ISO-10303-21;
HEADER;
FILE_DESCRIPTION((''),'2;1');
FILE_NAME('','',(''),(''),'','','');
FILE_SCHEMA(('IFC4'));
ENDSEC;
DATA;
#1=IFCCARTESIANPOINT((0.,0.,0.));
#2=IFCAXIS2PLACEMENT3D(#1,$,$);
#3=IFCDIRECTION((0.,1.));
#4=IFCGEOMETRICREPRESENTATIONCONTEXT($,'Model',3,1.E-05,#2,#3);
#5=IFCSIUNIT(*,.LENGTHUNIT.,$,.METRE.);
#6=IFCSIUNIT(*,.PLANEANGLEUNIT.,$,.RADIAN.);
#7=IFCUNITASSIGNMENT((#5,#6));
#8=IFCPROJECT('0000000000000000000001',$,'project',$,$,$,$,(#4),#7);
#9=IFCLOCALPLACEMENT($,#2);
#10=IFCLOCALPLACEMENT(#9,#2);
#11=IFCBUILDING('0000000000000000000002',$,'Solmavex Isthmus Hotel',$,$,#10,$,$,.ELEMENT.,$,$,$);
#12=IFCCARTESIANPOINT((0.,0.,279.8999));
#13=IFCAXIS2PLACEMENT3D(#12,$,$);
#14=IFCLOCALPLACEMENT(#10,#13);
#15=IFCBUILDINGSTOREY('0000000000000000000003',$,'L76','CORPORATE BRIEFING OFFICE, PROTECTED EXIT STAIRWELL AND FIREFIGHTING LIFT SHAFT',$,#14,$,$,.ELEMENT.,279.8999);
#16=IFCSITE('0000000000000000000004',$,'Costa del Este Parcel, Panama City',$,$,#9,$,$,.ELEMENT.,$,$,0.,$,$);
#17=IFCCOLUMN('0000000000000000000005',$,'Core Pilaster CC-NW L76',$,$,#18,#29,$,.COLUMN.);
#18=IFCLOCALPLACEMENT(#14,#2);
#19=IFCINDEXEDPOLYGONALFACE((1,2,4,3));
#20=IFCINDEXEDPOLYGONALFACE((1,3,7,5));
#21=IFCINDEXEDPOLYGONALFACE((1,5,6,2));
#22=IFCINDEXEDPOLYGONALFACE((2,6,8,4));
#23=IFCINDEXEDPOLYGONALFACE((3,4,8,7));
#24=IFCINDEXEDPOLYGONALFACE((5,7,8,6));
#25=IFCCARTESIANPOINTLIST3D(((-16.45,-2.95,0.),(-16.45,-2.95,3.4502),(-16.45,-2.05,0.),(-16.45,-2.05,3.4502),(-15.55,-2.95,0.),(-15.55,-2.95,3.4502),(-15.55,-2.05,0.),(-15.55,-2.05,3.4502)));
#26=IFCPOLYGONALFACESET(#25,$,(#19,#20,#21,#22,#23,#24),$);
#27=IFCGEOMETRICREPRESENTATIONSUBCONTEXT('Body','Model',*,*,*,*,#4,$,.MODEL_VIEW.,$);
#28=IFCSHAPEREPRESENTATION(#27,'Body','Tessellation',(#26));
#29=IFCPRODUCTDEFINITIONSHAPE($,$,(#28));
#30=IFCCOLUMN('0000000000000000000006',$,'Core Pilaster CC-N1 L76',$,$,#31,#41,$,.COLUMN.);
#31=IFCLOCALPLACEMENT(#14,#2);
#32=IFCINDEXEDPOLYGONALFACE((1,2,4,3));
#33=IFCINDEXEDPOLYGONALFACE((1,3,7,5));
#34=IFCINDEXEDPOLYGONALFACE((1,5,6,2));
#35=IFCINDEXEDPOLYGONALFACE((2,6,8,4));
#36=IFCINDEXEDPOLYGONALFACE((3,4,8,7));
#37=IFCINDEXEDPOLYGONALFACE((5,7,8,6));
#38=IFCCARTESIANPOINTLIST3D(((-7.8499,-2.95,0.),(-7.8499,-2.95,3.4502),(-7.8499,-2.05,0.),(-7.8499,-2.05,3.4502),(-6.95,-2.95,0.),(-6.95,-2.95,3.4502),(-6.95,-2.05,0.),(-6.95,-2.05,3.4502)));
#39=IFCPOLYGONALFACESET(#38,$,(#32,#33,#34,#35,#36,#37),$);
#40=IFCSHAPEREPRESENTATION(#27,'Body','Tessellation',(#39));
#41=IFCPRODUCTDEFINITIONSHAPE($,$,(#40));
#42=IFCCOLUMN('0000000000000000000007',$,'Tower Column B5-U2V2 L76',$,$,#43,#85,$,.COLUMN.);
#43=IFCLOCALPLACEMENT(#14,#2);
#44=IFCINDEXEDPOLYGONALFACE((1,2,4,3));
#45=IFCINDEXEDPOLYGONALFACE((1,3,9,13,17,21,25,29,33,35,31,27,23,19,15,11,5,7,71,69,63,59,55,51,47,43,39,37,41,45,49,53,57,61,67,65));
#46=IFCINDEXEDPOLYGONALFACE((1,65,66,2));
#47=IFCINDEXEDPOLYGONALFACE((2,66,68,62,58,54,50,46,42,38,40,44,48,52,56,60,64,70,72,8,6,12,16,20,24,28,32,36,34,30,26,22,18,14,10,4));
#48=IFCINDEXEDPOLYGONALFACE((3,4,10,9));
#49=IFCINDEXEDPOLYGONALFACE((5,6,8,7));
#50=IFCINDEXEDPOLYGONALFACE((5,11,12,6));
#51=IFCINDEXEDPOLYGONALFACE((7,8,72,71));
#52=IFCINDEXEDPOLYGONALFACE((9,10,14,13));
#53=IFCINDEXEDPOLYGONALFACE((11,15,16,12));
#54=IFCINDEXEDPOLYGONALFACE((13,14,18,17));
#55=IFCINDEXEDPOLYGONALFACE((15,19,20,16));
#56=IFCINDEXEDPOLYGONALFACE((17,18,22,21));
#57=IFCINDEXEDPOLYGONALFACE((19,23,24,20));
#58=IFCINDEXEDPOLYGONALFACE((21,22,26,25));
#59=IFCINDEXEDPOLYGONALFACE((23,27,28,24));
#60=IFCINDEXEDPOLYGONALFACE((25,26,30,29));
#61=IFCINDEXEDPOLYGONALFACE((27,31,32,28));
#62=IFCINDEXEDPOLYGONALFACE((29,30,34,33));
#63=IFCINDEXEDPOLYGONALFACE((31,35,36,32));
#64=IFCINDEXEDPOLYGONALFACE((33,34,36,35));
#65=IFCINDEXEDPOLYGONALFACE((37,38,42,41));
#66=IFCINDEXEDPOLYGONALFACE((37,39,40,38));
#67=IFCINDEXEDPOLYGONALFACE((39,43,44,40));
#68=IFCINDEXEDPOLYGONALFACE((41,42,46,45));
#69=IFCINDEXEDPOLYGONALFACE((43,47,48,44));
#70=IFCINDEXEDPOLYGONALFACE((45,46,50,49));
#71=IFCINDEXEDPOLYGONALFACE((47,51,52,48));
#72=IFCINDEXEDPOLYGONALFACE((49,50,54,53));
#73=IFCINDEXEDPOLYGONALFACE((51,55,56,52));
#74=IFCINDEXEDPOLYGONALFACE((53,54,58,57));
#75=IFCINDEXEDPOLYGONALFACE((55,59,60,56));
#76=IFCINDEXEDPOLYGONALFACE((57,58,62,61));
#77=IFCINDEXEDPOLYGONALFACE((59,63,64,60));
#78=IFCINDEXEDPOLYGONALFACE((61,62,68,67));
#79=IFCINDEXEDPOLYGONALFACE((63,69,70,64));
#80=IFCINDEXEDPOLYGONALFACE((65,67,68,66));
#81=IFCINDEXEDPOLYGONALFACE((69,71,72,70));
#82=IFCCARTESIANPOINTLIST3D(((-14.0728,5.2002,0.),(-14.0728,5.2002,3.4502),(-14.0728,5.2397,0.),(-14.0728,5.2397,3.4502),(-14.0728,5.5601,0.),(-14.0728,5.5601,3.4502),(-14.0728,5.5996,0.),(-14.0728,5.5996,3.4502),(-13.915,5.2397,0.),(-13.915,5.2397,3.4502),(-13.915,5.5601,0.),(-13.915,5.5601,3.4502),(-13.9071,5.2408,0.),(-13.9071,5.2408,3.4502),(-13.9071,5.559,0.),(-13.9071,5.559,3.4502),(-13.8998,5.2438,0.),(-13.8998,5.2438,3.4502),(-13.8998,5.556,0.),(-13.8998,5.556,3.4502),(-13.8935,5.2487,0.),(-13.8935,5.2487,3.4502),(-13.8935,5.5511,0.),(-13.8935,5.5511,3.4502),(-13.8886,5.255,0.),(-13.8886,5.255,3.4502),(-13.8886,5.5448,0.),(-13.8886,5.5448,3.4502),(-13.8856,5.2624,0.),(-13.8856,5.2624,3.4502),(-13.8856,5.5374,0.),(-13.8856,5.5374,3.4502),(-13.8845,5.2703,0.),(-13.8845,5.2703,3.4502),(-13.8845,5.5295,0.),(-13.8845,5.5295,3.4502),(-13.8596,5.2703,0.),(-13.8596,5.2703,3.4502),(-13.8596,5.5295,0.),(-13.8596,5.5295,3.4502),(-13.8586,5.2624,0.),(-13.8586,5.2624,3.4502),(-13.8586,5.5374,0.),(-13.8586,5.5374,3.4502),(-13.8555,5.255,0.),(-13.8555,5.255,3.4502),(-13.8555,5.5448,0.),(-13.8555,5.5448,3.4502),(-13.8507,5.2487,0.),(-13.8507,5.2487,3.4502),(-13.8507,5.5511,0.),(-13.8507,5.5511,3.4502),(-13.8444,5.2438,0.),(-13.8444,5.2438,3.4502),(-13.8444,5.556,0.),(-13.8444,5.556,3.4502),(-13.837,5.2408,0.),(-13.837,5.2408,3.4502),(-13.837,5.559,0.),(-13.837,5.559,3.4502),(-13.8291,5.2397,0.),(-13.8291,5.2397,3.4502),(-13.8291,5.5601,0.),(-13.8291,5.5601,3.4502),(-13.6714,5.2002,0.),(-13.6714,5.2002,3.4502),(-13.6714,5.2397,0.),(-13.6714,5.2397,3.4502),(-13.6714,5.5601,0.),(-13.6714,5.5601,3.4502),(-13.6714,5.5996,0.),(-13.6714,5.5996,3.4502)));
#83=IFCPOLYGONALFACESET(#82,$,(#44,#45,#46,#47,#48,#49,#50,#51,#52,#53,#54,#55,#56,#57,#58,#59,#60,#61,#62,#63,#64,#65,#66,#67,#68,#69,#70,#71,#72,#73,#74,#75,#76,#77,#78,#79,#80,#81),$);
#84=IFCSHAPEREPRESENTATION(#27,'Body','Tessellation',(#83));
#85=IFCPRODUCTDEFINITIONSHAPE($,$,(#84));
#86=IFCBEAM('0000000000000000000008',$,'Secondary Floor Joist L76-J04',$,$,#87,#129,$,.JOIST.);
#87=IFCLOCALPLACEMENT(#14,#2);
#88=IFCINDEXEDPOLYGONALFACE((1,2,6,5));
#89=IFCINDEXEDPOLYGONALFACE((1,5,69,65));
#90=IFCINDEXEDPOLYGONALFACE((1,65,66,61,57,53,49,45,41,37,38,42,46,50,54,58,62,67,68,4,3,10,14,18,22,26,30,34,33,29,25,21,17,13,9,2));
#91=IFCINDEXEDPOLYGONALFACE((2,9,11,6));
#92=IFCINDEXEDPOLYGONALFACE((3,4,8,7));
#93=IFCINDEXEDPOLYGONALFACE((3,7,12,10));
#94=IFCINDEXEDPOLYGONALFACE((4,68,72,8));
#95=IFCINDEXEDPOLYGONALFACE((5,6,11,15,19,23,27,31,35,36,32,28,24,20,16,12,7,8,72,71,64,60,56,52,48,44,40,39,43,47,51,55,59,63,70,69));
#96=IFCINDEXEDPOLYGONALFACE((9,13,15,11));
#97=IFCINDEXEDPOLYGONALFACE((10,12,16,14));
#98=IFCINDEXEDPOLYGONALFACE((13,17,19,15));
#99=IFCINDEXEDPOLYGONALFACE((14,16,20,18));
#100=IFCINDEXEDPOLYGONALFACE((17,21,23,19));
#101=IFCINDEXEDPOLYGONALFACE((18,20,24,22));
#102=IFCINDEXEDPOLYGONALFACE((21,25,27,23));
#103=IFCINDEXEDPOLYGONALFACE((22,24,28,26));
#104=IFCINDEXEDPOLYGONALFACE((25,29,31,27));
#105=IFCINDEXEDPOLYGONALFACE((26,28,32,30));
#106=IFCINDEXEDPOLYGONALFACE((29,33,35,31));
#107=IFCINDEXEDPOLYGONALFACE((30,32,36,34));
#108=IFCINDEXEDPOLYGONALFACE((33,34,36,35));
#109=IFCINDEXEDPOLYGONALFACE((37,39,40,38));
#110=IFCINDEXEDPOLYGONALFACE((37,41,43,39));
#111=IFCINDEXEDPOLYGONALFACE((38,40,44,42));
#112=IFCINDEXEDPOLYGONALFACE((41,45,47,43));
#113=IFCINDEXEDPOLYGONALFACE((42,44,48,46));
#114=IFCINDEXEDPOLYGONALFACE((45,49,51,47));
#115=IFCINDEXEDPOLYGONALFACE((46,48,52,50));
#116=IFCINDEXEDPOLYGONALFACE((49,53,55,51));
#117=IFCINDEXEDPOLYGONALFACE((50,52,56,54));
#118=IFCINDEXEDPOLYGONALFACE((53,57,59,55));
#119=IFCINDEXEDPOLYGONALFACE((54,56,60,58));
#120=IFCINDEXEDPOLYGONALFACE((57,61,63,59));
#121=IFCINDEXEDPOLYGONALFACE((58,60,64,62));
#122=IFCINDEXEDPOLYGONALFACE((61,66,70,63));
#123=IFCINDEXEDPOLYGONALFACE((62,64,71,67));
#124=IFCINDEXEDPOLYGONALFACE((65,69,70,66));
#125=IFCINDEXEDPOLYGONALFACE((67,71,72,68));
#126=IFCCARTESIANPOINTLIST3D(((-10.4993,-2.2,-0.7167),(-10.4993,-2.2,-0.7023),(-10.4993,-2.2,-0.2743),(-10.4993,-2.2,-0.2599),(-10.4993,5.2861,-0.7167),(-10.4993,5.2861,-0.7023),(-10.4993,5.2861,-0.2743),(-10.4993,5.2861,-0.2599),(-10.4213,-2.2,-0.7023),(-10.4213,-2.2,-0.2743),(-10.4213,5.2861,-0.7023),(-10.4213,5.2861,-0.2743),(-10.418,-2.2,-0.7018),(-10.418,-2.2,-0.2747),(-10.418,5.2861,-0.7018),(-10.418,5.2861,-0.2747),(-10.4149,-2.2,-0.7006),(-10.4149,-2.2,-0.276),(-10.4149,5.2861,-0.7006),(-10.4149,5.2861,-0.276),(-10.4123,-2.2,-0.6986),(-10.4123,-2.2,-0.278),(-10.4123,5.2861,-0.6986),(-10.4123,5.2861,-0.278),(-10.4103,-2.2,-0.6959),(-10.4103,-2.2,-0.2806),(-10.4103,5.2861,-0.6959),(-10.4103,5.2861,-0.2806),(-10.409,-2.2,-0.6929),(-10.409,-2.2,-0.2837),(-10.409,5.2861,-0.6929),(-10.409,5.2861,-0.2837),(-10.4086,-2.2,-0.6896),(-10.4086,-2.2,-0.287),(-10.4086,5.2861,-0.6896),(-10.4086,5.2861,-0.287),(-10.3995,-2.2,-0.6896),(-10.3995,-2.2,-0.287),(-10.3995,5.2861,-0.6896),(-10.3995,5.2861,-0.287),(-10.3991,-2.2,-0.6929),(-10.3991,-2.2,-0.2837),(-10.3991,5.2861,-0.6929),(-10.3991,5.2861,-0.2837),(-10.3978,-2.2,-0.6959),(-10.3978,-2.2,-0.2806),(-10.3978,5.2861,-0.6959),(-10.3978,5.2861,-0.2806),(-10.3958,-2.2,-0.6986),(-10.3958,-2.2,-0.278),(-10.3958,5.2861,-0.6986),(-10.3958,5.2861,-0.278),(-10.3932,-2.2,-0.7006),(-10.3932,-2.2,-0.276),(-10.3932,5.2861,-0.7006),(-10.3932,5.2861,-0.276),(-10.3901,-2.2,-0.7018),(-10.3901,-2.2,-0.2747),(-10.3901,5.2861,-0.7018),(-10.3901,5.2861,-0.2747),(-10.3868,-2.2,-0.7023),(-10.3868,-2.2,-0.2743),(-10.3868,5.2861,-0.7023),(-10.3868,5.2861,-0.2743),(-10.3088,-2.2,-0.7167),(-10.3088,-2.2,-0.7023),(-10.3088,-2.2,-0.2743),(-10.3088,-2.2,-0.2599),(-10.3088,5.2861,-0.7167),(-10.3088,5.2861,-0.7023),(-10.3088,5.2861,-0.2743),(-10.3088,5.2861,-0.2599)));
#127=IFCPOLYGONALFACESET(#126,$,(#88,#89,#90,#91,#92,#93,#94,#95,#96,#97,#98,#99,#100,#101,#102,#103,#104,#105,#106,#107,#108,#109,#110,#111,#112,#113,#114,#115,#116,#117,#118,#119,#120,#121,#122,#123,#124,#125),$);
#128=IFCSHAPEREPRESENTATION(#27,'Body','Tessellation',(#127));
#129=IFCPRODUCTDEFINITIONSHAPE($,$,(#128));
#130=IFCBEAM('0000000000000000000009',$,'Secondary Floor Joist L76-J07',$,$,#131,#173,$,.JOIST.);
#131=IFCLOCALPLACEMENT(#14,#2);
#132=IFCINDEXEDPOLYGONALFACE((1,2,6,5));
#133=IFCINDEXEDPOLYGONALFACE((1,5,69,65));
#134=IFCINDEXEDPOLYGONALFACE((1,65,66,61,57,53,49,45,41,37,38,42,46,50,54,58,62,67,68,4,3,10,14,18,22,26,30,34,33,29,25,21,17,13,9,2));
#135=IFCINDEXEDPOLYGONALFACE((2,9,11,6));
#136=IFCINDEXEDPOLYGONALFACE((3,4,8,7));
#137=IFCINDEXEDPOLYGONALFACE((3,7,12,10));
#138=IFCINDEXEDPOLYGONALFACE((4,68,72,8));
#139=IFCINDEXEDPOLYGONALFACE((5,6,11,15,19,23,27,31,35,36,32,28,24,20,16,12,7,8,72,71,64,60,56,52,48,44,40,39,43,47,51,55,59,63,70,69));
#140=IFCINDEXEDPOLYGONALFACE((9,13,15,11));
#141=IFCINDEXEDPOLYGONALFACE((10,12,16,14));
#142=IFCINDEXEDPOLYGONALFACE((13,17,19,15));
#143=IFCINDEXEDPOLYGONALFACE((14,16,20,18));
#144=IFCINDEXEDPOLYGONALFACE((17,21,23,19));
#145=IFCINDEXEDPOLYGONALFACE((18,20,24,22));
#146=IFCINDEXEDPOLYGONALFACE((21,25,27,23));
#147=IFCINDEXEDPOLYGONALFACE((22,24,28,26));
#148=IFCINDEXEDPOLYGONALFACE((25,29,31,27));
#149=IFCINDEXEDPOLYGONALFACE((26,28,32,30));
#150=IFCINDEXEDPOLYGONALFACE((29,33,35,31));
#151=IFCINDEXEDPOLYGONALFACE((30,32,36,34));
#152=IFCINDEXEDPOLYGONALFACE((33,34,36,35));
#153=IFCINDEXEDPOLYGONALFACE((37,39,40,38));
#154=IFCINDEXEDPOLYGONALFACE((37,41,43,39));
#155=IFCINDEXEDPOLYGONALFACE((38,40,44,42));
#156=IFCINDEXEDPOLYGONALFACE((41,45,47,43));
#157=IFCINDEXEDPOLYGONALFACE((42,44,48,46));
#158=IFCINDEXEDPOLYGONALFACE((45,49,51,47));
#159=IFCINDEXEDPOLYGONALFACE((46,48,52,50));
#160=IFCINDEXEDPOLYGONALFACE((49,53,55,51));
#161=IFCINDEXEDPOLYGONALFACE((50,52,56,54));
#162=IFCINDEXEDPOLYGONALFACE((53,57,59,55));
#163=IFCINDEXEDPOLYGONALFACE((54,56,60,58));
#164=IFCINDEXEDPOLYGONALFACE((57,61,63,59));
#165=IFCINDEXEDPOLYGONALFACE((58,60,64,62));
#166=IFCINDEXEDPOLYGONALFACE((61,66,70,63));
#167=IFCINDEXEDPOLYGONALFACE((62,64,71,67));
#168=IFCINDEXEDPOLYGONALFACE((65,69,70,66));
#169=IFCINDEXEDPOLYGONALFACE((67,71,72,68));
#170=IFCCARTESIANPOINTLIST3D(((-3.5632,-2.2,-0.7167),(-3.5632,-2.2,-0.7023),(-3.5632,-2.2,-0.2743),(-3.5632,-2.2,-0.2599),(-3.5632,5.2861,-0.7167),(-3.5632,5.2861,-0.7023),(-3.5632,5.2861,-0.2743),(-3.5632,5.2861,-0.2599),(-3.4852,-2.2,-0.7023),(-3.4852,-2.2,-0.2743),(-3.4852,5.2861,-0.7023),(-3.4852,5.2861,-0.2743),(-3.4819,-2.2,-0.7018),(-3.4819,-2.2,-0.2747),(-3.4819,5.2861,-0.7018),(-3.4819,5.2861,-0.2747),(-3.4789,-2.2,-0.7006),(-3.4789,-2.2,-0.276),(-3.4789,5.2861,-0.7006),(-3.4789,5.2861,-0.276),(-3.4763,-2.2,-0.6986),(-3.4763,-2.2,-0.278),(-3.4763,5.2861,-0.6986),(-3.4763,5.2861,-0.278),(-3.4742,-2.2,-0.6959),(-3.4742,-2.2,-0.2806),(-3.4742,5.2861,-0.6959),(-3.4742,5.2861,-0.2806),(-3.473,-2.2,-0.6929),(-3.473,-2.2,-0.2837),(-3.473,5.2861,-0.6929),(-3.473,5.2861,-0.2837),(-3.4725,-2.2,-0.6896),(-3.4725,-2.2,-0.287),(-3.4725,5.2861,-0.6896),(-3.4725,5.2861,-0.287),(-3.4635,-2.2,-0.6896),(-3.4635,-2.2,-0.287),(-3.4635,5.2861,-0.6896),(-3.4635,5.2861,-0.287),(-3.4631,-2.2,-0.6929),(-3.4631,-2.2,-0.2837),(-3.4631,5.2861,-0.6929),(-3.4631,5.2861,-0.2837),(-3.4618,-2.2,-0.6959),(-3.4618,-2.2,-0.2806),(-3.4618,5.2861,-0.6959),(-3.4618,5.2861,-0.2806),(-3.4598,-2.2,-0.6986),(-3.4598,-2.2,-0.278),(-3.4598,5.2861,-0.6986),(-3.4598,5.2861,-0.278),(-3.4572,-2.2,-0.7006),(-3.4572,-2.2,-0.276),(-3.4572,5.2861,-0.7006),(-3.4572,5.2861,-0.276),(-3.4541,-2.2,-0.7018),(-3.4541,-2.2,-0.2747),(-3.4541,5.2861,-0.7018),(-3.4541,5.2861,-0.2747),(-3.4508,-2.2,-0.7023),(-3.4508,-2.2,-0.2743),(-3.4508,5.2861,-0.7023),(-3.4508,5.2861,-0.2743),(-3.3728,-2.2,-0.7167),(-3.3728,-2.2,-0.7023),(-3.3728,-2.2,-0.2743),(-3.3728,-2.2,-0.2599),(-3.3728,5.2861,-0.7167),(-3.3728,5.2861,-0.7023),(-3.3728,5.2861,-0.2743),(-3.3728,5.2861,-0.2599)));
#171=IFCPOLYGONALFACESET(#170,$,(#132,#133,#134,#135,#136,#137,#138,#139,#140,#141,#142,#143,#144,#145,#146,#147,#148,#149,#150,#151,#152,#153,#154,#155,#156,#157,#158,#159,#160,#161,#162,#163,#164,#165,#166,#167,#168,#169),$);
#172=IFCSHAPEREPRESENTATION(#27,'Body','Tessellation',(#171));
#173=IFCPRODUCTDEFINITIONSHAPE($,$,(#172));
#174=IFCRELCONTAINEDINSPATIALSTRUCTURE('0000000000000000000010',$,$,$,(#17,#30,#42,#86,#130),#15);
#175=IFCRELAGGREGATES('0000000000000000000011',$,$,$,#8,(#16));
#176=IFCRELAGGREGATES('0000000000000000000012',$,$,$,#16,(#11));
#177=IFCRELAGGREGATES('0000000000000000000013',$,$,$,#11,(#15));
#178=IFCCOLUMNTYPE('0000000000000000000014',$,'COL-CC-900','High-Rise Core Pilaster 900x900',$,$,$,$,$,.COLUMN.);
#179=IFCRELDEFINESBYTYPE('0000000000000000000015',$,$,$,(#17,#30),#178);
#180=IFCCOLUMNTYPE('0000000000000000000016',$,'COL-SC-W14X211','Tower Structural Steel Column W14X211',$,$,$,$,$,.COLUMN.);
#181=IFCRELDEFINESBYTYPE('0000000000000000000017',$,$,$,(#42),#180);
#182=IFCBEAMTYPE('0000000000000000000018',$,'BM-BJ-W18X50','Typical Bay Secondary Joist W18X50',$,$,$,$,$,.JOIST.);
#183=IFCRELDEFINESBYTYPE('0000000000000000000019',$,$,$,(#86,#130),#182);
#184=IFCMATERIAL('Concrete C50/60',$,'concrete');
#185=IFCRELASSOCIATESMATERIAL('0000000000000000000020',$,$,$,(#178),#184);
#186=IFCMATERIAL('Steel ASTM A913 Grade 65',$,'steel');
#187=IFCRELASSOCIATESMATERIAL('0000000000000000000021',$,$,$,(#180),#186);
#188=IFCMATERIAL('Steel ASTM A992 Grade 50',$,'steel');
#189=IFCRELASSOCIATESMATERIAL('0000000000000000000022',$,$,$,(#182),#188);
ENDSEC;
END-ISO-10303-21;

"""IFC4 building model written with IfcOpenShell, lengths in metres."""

from ifc_helpers import new_model, si_unit, direction, frame, origin, origin_2d, place, context, subcontext, project, spatial, rectangle, i_section, extrude, material, material_profile, profile_set, type_object, element, save


model = new_model("IFC4")

# Units and contexts
model_context = context("Model", 3, precision=1e-05, world=origin(), true_north=direction((0.0, 1.0)))
body_context = subcontext(model_context, "Body", "Model", "MODEL_VIEW")
ifc_project = project(units=[si_unit("LENGTHUNIT", "METRE"), si_unit("PLANEANGLEUNIT", "RADIAN")], contexts=[model_context])

# Site, building, storey
site_placement = place(None, origin())
site = spatial("IfcSite", under=ifc_project, at=site_placement, Name="Costa del Este Parcel, Panama City", CompositionType="ELEMENT", RefElevation=0.0)
building_placement = place(site_placement, origin())
building = spatial("IfcBuilding", under=site, at=building_placement, Name="Solmavex Isthmus Hotel", CompositionType="ELEMENT")
storey_placement = place(building_placement, frame((0.0, 0.0, 279.8999)))
storey = spatial("IfcBuildingStorey", under=building, at=storey_placement, Name="L76", Description="CORPORATE BRIEFING OFFICE, PROTECTED EXIT STAIRWELL AND FIREFIGHTING LIFT SHAFT", CompositionType="ELEMENT", Elevation=279.8999)

# Columns
ifc_material_1 = material(Name="Concrete C50/60", Category="concrete")
ifc_material_profile_1 = material_profile(ifc_material_1, rectangle(XDim=0.8999, YDim=0.8999, at=origin_2d()), Name="RC900X900")
ifc_profile_set_1 = profile_set([ifc_material_profile_1], Name="Concrete C50/60")
column_type_1 = type_object("IfcColumnType", Name="COL-CC-900", Description="High-Rise Core Pilaster 900x900", PredefinedType="COLUMN", material=ifc_profile_set_1)
for number, where, z_axis, x_axis, name in (
    (1, (-16.0, -2.5, 0.0), (0.0, 0.0, 1.0), (1.0, 0.0, 0.0), "Core Pilaster CC-NW L76"),
    (2, (-7.3999, -2.5, 0.0), (0.0, 0.0, 1.0), (1.0, 0.0, 0.0), "Core Pilaster CC-N1 L76"),
):
    element("IfcColumn", number, at=place(storey_placement, frame(where, z_axis=z_axis, x_axis=x_axis)), inside=storey, type_object=column_type_1, Name=name, PredefinedType="COLUMN", context=body_context, shape_type="SweptSolid", body=[
        extrude(rectangle(XDim=0.8999, YDim=0.8999, at=origin_2d()), origin(), (0.0, 0.0, 1.0), 3.4502),
    ])
ifc_material_2 = material(Name="Steel ASTM A913 Grade 65", Category="steel")
ifc_material_profile_2 = material_profile(ifc_material_2, i_section(OverallWidth=0.4014, OverallDepth=0.3994, WebThickness=0.0249, FlangeThickness=0.0396, FilletRadius=0.0305, at=origin_2d()), Name="W14X211")
ifc_profile_set_2 = profile_set([ifc_material_profile_2], Name="Steel ASTM A913 Grade 65")
column_type_2 = type_object("IfcColumnType", Name="COL-SC-W14X211", Description="Tower Structural Steel Column W14X211", PredefinedType="COLUMN", material=ifc_profile_set_2)
column_placement = place(storey_placement, frame((-13.8721, 5.3999, 0.0), z_axis=(0.0, 0.0, 1.0), x_axis=(1.0, 0.0, 0.0)))
element("IfcColumn", 3, at=column_placement, inside=storey, type_object=column_type_2, Name="Tower Column B5-U2V2 L76", PredefinedType="COLUMN", context=body_context, shape_type="SweptSolid", body=[
    extrude(i_section(OverallWidth=0.4014, OverallDepth=0.3994, WebThickness=0.0249, FlangeThickness=0.0396, FilletRadius=0.0305, at=origin_2d()), origin(), (0.0, 0.0, 1.0), 3.4502),
])

# Beams
ifc_material_3 = material(Name="Steel ASTM A992 Grade 50", Category="steel")
ifc_material_profile_3 = material_profile(ifc_material_3, i_section(OverallWidth=0.1904, OverallDepth=0.4568, WebThickness=0.009, FlangeThickness=0.0144, FilletRadius=0.0127, at=origin_2d()), Name="W18X50")
ifc_profile_set_3 = profile_set([ifc_material_profile_3], Name="Steel ASTM A992 Grade 50")
beam_type_1 = type_object("IfcBeamType", Name="BM-BJ-W18X50", Description="Typical Bay Secondary Joist W18X50", PredefinedType="JOIST", material=ifc_profile_set_3)
for number, where, z_axis, x_axis, name in (
    (4, (-10.4041, -2.2, -0.4883), (0.0, 1.0, 0.0), (-1.0, 0.0, 0.0), "Secondary Floor Joist L76-J04"),
    (5, (-3.468, -2.2, -0.4883), (0.0, 1.0, 0.0), (-1.0, 0.0, 0.0), "Secondary Floor Joist L76-J07"),
):
    element("IfcBeam", number, at=place(storey_placement, frame(where, z_axis=z_axis, x_axis=x_axis)), inside=storey, type_object=beam_type_1, Name=name, PredefinedType="JOIST", context=body_context, shape_type="SweptSolid", body=[
        extrude(i_section(OverallWidth=0.1904, OverallDepth=0.4568, WebThickness=0.009, FlangeThickness=0.0144, FilletRadius=0.0127, at=origin_2d()), origin(), (0.0, 0.0, 1.0), 7.4861),
    ])

save(model, "model.ifc")
